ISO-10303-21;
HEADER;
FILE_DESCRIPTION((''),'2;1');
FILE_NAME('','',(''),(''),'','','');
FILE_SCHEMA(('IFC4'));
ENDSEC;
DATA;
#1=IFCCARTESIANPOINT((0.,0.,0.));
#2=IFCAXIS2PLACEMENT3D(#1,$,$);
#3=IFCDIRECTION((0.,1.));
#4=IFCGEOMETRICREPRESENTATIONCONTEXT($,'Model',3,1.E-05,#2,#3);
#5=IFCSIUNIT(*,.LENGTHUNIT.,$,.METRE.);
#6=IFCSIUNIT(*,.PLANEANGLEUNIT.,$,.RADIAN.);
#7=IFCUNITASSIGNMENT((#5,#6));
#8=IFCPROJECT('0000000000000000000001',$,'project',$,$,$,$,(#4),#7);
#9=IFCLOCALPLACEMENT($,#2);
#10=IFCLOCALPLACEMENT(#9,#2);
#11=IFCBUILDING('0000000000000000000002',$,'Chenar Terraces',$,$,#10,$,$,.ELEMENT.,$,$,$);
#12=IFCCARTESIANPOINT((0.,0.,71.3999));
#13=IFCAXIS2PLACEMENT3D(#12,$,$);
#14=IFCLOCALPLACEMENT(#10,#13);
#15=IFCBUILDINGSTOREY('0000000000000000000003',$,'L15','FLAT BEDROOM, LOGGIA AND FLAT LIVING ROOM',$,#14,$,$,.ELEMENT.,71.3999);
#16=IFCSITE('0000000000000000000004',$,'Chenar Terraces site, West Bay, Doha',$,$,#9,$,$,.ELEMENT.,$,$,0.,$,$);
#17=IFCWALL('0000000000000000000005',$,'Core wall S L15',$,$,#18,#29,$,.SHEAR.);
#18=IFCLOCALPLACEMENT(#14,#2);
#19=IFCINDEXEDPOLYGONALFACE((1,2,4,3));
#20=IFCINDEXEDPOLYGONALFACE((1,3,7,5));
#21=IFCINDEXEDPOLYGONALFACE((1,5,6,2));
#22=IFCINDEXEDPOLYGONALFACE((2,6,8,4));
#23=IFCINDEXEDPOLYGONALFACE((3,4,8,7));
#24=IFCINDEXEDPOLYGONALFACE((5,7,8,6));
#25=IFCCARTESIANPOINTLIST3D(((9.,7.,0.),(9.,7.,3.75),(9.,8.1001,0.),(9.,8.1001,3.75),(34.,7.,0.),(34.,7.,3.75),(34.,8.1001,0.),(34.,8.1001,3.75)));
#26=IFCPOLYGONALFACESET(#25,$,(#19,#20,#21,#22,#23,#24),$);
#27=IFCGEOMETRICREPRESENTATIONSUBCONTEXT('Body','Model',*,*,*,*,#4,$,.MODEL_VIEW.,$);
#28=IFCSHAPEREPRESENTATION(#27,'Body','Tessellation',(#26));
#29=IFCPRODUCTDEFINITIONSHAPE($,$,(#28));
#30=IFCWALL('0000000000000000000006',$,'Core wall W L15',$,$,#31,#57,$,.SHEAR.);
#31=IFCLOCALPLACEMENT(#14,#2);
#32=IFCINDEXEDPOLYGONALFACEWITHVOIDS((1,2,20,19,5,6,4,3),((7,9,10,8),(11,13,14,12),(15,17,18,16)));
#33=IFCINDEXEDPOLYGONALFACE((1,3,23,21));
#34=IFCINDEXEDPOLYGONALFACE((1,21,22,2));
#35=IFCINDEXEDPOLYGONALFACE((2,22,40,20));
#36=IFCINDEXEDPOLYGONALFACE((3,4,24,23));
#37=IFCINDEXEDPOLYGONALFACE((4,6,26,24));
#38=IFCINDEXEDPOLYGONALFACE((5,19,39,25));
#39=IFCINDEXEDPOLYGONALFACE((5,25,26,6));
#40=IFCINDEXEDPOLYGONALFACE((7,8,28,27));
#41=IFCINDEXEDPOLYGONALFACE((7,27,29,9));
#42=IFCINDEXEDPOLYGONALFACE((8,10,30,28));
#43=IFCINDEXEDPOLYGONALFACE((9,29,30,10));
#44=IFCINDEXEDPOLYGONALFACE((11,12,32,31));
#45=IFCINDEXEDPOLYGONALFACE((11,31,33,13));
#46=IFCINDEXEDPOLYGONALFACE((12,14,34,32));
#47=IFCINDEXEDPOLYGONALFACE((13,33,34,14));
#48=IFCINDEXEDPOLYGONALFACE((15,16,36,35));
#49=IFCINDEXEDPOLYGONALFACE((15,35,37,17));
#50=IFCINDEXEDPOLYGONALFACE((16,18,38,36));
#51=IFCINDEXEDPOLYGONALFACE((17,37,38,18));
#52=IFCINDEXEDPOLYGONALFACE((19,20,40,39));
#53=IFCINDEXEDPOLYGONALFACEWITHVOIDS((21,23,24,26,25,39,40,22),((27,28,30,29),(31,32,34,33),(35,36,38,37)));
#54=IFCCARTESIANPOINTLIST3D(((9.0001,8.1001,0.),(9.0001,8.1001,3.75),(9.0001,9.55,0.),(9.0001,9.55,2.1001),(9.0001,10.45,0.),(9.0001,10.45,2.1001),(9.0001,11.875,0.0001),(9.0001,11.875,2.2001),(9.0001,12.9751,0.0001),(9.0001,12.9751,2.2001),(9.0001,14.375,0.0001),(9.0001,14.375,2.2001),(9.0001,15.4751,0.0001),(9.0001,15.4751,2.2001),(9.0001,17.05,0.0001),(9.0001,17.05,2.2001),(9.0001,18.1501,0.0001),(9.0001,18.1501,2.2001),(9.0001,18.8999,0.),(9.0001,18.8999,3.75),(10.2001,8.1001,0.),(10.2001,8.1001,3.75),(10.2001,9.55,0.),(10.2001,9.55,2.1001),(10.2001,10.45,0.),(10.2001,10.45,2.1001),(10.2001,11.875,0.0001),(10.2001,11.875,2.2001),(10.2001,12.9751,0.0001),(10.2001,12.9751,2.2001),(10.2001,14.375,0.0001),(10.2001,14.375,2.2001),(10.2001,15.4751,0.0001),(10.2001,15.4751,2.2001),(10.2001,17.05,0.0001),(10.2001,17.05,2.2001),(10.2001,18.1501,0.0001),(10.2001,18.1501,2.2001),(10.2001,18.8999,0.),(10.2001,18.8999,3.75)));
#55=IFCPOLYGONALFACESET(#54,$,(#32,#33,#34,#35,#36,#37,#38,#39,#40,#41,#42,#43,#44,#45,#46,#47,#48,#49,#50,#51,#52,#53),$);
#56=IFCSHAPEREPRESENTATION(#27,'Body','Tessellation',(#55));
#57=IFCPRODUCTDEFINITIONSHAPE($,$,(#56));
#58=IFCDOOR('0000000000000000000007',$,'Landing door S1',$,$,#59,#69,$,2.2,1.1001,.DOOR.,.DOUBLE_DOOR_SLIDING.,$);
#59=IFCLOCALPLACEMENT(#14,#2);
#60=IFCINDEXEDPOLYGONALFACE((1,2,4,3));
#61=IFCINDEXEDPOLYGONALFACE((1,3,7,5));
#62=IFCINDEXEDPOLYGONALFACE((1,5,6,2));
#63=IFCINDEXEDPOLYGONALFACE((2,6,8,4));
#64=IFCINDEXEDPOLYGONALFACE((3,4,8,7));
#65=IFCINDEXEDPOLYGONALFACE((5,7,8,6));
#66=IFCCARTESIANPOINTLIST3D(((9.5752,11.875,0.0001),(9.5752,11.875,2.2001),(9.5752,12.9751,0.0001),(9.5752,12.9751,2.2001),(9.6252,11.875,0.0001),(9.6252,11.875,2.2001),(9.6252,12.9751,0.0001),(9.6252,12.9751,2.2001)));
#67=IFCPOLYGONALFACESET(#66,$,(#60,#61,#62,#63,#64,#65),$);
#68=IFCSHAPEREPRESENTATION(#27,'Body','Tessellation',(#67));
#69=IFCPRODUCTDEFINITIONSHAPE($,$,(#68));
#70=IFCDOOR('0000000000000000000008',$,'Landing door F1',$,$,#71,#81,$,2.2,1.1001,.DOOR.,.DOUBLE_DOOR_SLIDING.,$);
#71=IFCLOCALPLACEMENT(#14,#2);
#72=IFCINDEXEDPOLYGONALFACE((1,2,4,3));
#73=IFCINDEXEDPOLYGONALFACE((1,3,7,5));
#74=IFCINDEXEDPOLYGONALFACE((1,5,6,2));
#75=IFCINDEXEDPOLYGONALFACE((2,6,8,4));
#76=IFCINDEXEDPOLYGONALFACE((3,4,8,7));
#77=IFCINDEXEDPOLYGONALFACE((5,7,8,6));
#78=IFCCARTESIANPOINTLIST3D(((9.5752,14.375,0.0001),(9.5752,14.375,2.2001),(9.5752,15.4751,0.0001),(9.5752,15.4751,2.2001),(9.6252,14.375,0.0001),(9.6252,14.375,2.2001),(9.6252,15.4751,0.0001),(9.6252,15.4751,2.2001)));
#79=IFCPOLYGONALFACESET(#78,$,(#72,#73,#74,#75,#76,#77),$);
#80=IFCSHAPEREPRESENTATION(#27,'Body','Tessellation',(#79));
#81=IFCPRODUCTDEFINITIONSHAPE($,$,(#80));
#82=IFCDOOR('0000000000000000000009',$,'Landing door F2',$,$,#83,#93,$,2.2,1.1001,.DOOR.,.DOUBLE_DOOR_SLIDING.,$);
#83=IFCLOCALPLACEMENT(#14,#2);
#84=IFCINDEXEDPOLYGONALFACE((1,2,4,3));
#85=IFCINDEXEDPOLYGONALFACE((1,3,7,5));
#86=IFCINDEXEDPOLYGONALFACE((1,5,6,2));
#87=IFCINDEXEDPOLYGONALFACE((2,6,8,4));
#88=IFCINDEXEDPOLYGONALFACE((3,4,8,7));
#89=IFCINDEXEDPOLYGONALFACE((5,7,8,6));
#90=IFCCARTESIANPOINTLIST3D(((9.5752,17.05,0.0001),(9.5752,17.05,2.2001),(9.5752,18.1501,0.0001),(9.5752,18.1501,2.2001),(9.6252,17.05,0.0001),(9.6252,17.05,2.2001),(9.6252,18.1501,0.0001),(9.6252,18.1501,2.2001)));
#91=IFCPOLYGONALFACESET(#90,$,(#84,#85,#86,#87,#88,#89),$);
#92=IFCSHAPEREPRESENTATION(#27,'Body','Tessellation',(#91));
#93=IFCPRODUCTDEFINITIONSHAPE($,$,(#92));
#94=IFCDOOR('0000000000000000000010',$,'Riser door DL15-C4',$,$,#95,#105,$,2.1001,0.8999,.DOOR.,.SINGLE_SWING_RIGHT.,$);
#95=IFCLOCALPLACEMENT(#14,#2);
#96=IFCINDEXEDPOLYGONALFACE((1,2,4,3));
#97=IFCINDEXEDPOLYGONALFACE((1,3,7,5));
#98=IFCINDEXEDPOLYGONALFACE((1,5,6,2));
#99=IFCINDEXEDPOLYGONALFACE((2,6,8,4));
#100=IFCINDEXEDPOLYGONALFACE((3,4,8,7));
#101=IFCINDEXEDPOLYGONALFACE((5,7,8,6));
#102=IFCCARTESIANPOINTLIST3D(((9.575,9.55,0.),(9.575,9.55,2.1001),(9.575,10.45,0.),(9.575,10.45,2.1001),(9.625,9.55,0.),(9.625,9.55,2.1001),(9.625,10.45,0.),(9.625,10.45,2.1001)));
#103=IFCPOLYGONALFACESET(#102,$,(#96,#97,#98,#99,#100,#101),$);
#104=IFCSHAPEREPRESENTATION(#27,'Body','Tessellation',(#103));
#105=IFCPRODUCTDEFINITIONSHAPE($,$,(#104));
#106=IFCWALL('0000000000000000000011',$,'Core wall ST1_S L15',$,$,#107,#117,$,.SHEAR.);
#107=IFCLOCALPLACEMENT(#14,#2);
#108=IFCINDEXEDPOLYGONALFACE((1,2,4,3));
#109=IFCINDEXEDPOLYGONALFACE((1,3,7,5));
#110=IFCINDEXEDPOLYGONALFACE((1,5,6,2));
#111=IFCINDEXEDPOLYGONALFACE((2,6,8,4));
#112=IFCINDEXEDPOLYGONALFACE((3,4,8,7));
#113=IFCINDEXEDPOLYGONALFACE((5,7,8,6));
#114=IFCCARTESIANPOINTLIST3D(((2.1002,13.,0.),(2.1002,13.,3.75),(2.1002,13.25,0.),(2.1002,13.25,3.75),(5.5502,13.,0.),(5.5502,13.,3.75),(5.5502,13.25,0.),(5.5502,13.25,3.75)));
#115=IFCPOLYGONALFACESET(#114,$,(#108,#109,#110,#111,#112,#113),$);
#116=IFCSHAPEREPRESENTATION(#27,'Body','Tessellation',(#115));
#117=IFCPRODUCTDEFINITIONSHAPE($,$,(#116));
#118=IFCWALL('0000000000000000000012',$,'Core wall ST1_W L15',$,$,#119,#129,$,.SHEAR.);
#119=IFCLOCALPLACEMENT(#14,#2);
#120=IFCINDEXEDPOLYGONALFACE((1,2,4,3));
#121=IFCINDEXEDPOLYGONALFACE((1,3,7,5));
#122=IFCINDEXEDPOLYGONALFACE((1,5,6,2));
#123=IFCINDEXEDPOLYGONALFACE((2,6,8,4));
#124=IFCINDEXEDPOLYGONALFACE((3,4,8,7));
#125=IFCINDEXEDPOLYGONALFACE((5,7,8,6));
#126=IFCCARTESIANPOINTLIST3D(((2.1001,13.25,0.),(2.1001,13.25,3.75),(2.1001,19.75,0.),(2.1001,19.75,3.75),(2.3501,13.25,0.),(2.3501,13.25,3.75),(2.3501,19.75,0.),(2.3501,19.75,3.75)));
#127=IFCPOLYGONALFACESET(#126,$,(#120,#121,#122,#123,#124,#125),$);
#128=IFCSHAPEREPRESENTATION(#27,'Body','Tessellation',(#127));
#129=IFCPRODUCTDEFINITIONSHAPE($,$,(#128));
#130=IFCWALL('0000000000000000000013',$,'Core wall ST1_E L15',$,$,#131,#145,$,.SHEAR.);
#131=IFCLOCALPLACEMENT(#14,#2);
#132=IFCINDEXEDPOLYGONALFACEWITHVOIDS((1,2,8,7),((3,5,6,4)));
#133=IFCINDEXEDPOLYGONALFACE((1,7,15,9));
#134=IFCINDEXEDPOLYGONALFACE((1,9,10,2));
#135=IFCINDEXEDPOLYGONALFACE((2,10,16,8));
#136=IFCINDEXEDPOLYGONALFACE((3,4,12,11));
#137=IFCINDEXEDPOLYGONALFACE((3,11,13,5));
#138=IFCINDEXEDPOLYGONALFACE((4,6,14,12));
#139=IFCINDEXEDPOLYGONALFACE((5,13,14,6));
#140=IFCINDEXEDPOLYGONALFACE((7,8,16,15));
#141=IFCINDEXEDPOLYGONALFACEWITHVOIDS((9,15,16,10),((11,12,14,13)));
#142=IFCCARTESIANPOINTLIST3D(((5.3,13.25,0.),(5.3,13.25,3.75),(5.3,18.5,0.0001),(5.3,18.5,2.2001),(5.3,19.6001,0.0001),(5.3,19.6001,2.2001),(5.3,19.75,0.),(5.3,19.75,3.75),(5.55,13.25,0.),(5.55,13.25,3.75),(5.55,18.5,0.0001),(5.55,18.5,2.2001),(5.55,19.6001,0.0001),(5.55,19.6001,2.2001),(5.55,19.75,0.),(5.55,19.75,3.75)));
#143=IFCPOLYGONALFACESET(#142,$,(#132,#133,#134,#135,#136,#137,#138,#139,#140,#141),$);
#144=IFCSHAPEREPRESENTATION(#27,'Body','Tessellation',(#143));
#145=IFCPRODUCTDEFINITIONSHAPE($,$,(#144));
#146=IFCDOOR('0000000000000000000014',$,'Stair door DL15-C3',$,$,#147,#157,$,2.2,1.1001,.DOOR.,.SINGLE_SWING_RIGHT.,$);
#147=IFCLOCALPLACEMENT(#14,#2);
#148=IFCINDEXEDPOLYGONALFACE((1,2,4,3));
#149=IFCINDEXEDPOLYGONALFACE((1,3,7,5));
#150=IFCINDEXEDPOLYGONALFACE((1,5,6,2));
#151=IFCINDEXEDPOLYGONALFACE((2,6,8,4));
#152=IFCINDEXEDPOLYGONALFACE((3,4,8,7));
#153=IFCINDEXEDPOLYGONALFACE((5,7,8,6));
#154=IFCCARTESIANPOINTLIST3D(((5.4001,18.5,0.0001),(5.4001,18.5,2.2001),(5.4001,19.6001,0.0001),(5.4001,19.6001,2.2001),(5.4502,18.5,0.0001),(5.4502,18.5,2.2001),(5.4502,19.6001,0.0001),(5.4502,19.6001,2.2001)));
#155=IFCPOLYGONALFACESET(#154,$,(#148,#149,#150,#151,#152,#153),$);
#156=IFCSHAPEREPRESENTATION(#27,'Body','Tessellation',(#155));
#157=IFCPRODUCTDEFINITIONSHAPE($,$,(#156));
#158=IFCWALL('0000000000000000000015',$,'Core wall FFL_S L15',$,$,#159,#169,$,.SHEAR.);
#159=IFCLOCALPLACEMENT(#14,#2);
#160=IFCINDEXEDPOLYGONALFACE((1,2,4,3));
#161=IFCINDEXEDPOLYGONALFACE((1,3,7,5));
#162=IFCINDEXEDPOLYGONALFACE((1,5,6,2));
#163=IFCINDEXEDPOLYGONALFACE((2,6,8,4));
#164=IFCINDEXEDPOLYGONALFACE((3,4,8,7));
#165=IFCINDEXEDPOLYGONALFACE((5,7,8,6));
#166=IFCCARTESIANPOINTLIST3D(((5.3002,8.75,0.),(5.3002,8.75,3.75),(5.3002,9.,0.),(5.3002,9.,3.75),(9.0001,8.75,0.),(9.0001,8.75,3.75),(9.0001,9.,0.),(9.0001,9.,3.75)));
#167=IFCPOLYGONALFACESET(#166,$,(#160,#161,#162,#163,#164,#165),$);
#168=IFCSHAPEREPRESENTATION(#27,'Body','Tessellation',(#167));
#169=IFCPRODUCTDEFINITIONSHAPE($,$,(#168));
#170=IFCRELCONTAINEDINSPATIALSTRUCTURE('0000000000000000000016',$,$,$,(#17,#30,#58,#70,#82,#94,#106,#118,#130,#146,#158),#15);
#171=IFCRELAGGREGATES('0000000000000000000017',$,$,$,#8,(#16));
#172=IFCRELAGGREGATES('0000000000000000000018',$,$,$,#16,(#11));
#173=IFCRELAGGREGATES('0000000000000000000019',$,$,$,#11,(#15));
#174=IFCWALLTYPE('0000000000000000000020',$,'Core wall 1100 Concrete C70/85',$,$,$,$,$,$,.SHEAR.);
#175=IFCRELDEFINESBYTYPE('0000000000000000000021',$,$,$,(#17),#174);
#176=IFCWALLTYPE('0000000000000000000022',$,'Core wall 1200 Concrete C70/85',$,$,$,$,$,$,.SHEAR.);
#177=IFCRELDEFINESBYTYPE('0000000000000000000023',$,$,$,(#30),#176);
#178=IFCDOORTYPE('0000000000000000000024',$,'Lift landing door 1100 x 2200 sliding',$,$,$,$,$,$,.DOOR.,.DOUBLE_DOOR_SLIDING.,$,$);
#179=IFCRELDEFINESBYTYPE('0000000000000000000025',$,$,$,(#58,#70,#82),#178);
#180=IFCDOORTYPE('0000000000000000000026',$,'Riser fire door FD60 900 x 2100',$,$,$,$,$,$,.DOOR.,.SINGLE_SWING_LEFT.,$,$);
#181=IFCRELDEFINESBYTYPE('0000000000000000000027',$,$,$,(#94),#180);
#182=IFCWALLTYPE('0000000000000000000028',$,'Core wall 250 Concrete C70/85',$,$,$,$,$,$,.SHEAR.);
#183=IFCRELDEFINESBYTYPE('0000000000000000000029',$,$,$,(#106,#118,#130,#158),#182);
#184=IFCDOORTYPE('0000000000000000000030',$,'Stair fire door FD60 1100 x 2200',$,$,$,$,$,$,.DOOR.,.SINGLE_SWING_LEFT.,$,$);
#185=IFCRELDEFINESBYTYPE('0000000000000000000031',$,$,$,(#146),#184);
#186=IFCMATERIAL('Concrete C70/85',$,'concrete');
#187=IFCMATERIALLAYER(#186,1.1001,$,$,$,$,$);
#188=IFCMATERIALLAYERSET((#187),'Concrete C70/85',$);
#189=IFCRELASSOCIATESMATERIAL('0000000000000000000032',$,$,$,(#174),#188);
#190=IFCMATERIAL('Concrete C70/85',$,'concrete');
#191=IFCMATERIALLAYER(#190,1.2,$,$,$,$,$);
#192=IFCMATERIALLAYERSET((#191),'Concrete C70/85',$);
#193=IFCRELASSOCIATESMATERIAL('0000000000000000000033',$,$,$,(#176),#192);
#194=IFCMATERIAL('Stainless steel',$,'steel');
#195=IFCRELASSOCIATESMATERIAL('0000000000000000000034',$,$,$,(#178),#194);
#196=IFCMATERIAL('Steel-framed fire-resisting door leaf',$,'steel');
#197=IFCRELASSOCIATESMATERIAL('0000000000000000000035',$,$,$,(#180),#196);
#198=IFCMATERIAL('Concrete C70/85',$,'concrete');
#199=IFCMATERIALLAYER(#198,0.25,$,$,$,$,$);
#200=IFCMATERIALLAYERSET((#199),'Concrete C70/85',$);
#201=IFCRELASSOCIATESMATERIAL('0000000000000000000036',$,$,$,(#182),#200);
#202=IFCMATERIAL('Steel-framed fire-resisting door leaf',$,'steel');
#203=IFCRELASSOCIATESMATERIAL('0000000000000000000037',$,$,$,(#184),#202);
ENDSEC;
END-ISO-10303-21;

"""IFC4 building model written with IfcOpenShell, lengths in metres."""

from ifc_helpers import new_model, si_unit, direction, frame, frame_2d, origin, place, context, subcontext, project, spatial, rectangle, extrude, material, layer, layer_set, type_object, element, fill, save


model = new_model("IFC4")

# Units and contexts
model_context = context("Model", 3, precision=1e-05, world=origin(), true_north=direction((0.0, 1.0)))
body_context = subcontext(model_context, "Body", "Model", "MODEL_VIEW")
ifc_project = project(units=[si_unit("LENGTHUNIT", "METRE"), si_unit("PLANEANGLEUNIT", "RADIAN")], contexts=[model_context])

# Site, building, storey
site_placement = place(None, origin())
site = spatial("IfcSite", under=ifc_project, at=site_placement, Name="Chenar Terraces site, West Bay, Doha", CompositionType="ELEMENT", RefElevation=0.0)
building_placement = place(site_placement, origin())
building = spatial("IfcBuilding", under=site, at=building_placement, Name="Chenar Terraces", CompositionType="ELEMENT")
storey_placement = place(building_placement, frame((0.0, 0.0, 71.3999)))
storey = spatial("IfcBuildingStorey", under=building, at=storey_placement, Name="L15", Description="FLAT BEDROOM, LOGGIA AND FLAT LIVING ROOM", CompositionType="ELEMENT", Elevation=71.3999)

# Wall
ifc_material_1 = material(Name="Concrete C70/85", Category="concrete")
ifc_layer_1 = layer(ifc_material_1, 1.1001)
ifc_layer_set_1 = layer_set([ifc_layer_1], Name="Concrete C70/85")
wall_type_1 = type_object("IfcWallType", Name="Core wall 1100 Concrete C70/85", PredefinedType="SHEAR", material=ifc_layer_set_1)
wall_1_placement = place(storey_placement, frame((9.0, 7.55, 0.0), z_axis=(0.0, 0.0, 1.0), x_axis=(1.0, 0.0, 0.0)))
element("IfcWall", 1, at=wall_1_placement, inside=storey, type_object=wall_type_1, Name="Core wall S L15", PredefinedType="SHEAR", context=body_context, shape_type="SweptSolid", body=[
    extrude(rectangle(XDim=25.0, YDim=1.1001, at=frame_2d((12.5, 0.0))), origin(), (0.0, 0.0, 1.0), 3.75),
])

# Wall, openings, doors
ifc_material_2 = material(Name="Concrete C70/85", Category="concrete")
ifc_layer_2 = layer(ifc_material_2, 1.2)
ifc_layer_set_2 = layer_set([ifc_layer_2], Name="Concrete C70/85")
wall_type_2 = type_object("IfcWallType", Name="Core wall 1200 Concrete C70/85", PredefinedType="SHEAR", material=ifc_layer_set_2)
wall_2_placement = place(storey_placement, frame((9.6001, 8.1001, 0.0), z_axis=(0.0, 0.0, 1.0), x_axis=(0.0, 1.0, 0.0)))
wall_2 = element("IfcWall", 2, at=wall_2_placement, inside=storey, type_object=wall_type_2, Name="Core wall W L15", PredefinedType="SHEAR", context=body_context, shape_type="SweptSolid", body=[
    extrude(rectangle(XDim=10.7998, YDim=1.2, at=frame_2d((5.3999, 0.0))), origin(), (0.0, 0.0, 1.0), 3.75),
])
opening_1_placement = place(wall_2_placement, frame((3.7749, 0.0, 0.0)))
opening_1 = element("IfcOpeningElement", 3, at=opening_1_placement, cuts=wall_2, PredefinedType="OPENING", context=body_context, shape_type="SweptSolid", body=[
    extrude(rectangle(XDim=1.1001, YDim=2.2, at=frame_2d((0.55, 1.1001))), frame((0.0, 0.6099, 0.0), z_axis=(0.0, -1.0, 0.0), x_axis=(1.0, 0.0, 0.0)), (0.0, 0.0, 1.0), 1.22),
])
opening_2_placement = place(wall_2_placement, frame((6.2749, 0.0, 0.0)))
opening_2 = element("IfcOpeningElement", 4, at=opening_2_placement, cuts=wall_2, PredefinedType="OPENING", context=body_context, shape_type="SweptSolid", body=[
    extrude(rectangle(XDim=1.1001, YDim=2.2, at=frame_2d((0.55, 1.1001))), frame((0.0, 0.6099, 0.0), z_axis=(0.0, -1.0, 0.0), x_axis=(1.0, 0.0, 0.0)), (0.0, 0.0, 1.0), 1.22),
])
opening_3_placement = place(wall_2_placement, frame((8.95, 0.0, 0.0)))
opening_3 = element("IfcOpeningElement", 5, at=opening_3_placement, cuts=wall_2, PredefinedType="OPENING", context=body_context, shape_type="SweptSolid", body=[
    extrude(rectangle(XDim=1.1001, YDim=2.2, at=frame_2d((0.55, 1.1001))), frame((0.0, 0.6099, 0.0), z_axis=(0.0, -1.0, 0.0), x_axis=(1.0, 0.0, 0.0)), (0.0, 0.0, 1.0), 1.22),
])
opening_4_placement = place(wall_2_placement, frame((1.45, 0.0, 0.0)))
opening_4 = element("IfcOpeningElement", 6, at=opening_4_placement, cuts=wall_2, PredefinedType="OPENING", context=body_context, shape_type="SweptSolid", body=[
    extrude(rectangle(XDim=0.8999, YDim=2.1001, at=frame_2d((0.45, 1.05))), frame((0.0, 0.6099, 0.0), z_axis=(0.0, -1.0, 0.0), x_axis=(1.0, 0.0, 0.0)), (0.0, 0.0, 1.0), 1.22),
])
ifc_material_3 = material(Name="Stainless steel", Category="steel")
door_type_1 = type_object("IfcDoorType", Name="Lift landing door 1100 x 2200 sliding", OperationType="DOUBLE_DOOR_SLIDING", PredefinedType="DOOR", material=ifc_material_3)
door_1_placement = place(opening_1_placement, origin())
door_1 = element("IfcDoor", 7, at=door_1_placement, inside=storey, type_object=door_type_1, Name="Landing door S1", OperationType="DOUBLE_DOOR_SLIDING", OverallHeight=2.2, OverallWidth=1.1001, PredefinedType="DOOR", context=body_context, shape_type="SweptSolid", body=[
    extrude(rectangle(XDim=1.1001, YDim=2.2, at=frame_2d((0.55, 1.1001))), frame((0.0, 0.0249, 0.0), z_axis=(0.0, -1.0, 0.0), x_axis=(1.0, 0.0, 0.0)), (0.0, 0.0, 1.0), 0.05),
])
fill(opening_1, door_1)
door_2_placement = place(opening_2_placement, origin())
door_2 = element("IfcDoor", 8, at=door_2_placement, inside=storey, type_object=door_type_1, Name="Landing door F1", OperationType="DOUBLE_DOOR_SLIDING", OverallHeight=2.2, OverallWidth=1.1001, PredefinedType="DOOR", context=body_context, shape_type="SweptSolid", body=[
    extrude(rectangle(XDim=1.1001, YDim=2.2, at=frame_2d((0.55, 1.1001))), frame((0.0, 0.0249, 0.0), z_axis=(0.0, -1.0, 0.0), x_axis=(1.0, 0.0, 0.0)), (0.0, 0.0, 1.0), 0.05),
])
fill(opening_2, door_2)
door_3_placement = place(opening_3_placement, origin())
door_3 = element("IfcDoor", 9, at=door_3_placement, inside=storey, type_object=door_type_1, Name="Landing door F2", OperationType="DOUBLE_DOOR_SLIDING", OverallHeight=2.2, OverallWidth=1.1001, PredefinedType="DOOR", context=body_context, shape_type="SweptSolid", body=[
    extrude(rectangle(XDim=1.1001, YDim=2.2, at=frame_2d((0.55, 1.1001))), frame((0.0, 0.0249, 0.0), z_axis=(0.0, -1.0, 0.0), x_axis=(1.0, 0.0, 0.0)), (0.0, 0.0, 1.0), 0.05),
])
fill(opening_3, door_3)
ifc_material_4 = material(Name="Steel-framed fire-resisting door leaf", Category="steel")
door_type_2 = type_object("IfcDoorType", Name="Riser fire door FD60 900 x 2100", OperationType="SINGLE_SWING_LEFT", PredefinedType="DOOR", material=ifc_material_4)
door_4_placement = place(opening_4_placement, frame((0.8999, 0.0, 0.0), z_axis=(0.0, 0.0, 1.0), x_axis=(-1.0, 0.0, 0.0)))
door_4 = element("IfcDoor", 10, at=door_4_placement, inside=storey, type_object=door_type_2, Name="Riser door DL15-C4", OperationType="SINGLE_SWING_RIGHT", OverallHeight=2.1001, OverallWidth=0.8999, PredefinedType="DOOR", context=body_context, shape_type="SweptSolid", body=[
    extrude(rectangle(XDim=0.8999, YDim=2.1001, at=frame_2d((0.45, 1.05))), frame((0.0, 0.0249, 0.0), z_axis=(0.0, -1.0, 0.0), x_axis=(1.0, 0.0, 0.0)), (0.0, 0.0, 1.0), 0.05),
])
fill(opening_4, door_4)

# Walls
ifc_material_5 = material(Name="Concrete C70/85", Category="concrete")
ifc_layer_3 = layer(ifc_material_5, 0.25)
ifc_layer_set_3 = layer_set([ifc_layer_3], Name="Concrete C70/85")
wall_type_3 = type_object("IfcWallType", Name="Core wall 250 Concrete C70/85", PredefinedType="SHEAR", material=ifc_layer_set_3)
wall_3_placement = place(storey_placement, frame((2.1001, 13.125, 0.0), z_axis=(0.0, 0.0, 1.0), x_axis=(1.0, 0.0, 0.0)))
element("IfcWall", 11, at=wall_3_placement, inside=storey, type_object=wall_type_3, Name="Core wall ST1_S L15", PredefinedType="SHEAR", context=body_context, shape_type="SweptSolid", body=[
    extrude(rectangle(XDim=3.45, YDim=0.25, at=frame_2d((1.7251, 0.0))), origin(), (0.0, 0.0, 1.0), 3.75),
])
wall_4_placement = place(storey_placement, frame((2.2251, 13.25, 0.0), z_axis=(0.0, 0.0, 1.0), x_axis=(0.0, 1.0, 0.0)))
element("IfcWall", 12, at=wall_4_placement, inside=storey, type_object=wall_type_3, Name="Core wall ST1_W L15", PredefinedType="SHEAR", context=body_context, shape_type="SweptSolid", body=[
    extrude(rectangle(XDim=6.5, YDim=0.25, at=frame_2d((3.25, 0.0))), origin(), (0.0, 0.0, 1.0), 3.75),
])

# Wall, opening, door
wall_5_placement = place(storey_placement, frame((5.425, 13.25, 0.0), z_axis=(0.0, 0.0, 1.0), x_axis=(0.0, 1.0, 0.0)))
wall_5 = element("IfcWall", 13, at=wall_5_placement, inside=storey, type_object=wall_type_3, Name="Core wall ST1_E L15", PredefinedType="SHEAR", context=body_context, shape_type="SweptSolid", body=[
    extrude(rectangle(XDim=6.5, YDim=0.25, at=frame_2d((3.25, 0.0))), origin(), (0.0, 0.0, 1.0), 3.75),
])
opening_5_placement = place(wall_5_placement, frame((5.25, 0.0, 0.0)))
opening_5 = element("IfcOpeningElement", 14, at=opening_5_placement, cuts=wall_5, PredefinedType="OPENING", context=body_context, shape_type="SweptSolid", body=[
    extrude(rectangle(XDim=1.1001, YDim=2.2, at=frame_2d((0.55, 1.1001))), frame((0.0, 0.135, 0.0), z_axis=(0.0, -1.0, 0.0), x_axis=(1.0, 0.0, 0.0)), (0.0, 0.0, 1.0), 0.27),
])
ifc_material_6 = material(Name="Steel-framed fire-resisting door leaf", Category="steel")
door_type_3 = type_object("IfcDoorType", Name="Stair fire door FD60 1100 x 2200", OperationType="SINGLE_SWING_LEFT", PredefinedType="DOOR", material=ifc_material_6)
door_5_placement = place(opening_5_placement, origin())
door_5 = element("IfcDoor", 15, at=door_5_placement, inside=storey, type_object=door_type_3, Name="Stair door DL15-C3", OperationType="SINGLE_SWING_RIGHT", OverallHeight=2.2, OverallWidth=1.1001, PredefinedType="DOOR", context=body_context, shape_type="SweptSolid", body=[
    extrude(rectangle(XDim=1.1001, YDim=2.2, at=frame_2d((0.55, 1.1001))), frame((0.0, 0.0249, 0.0), z_axis=(0.0, -1.0, 0.0), x_axis=(1.0, 0.0, 0.0)), (0.0, 0.0, 1.0), 0.05),
])
fill(opening_5, door_5)

# Wall
wall_6_placement = place(storey_placement, frame((5.3, 8.875, 0.0), z_axis=(0.0, 0.0, 1.0), x_axis=(1.0, 0.0, 0.0)))
element("IfcWall", 16, at=wall_6_placement, inside=storey, type_object=wall_type_3, Name="Core wall FFL_S L15", PredefinedType="SHEAR", context=body_context, shape_type="SweptSolid", body=[
    extrude(rectangle(XDim=3.7, YDim=0.25, at=frame_2d((1.8501, 0.0))), origin(), (0.0, 0.0, 1.0), 3.75),
])

save(model, "model.ifc")
